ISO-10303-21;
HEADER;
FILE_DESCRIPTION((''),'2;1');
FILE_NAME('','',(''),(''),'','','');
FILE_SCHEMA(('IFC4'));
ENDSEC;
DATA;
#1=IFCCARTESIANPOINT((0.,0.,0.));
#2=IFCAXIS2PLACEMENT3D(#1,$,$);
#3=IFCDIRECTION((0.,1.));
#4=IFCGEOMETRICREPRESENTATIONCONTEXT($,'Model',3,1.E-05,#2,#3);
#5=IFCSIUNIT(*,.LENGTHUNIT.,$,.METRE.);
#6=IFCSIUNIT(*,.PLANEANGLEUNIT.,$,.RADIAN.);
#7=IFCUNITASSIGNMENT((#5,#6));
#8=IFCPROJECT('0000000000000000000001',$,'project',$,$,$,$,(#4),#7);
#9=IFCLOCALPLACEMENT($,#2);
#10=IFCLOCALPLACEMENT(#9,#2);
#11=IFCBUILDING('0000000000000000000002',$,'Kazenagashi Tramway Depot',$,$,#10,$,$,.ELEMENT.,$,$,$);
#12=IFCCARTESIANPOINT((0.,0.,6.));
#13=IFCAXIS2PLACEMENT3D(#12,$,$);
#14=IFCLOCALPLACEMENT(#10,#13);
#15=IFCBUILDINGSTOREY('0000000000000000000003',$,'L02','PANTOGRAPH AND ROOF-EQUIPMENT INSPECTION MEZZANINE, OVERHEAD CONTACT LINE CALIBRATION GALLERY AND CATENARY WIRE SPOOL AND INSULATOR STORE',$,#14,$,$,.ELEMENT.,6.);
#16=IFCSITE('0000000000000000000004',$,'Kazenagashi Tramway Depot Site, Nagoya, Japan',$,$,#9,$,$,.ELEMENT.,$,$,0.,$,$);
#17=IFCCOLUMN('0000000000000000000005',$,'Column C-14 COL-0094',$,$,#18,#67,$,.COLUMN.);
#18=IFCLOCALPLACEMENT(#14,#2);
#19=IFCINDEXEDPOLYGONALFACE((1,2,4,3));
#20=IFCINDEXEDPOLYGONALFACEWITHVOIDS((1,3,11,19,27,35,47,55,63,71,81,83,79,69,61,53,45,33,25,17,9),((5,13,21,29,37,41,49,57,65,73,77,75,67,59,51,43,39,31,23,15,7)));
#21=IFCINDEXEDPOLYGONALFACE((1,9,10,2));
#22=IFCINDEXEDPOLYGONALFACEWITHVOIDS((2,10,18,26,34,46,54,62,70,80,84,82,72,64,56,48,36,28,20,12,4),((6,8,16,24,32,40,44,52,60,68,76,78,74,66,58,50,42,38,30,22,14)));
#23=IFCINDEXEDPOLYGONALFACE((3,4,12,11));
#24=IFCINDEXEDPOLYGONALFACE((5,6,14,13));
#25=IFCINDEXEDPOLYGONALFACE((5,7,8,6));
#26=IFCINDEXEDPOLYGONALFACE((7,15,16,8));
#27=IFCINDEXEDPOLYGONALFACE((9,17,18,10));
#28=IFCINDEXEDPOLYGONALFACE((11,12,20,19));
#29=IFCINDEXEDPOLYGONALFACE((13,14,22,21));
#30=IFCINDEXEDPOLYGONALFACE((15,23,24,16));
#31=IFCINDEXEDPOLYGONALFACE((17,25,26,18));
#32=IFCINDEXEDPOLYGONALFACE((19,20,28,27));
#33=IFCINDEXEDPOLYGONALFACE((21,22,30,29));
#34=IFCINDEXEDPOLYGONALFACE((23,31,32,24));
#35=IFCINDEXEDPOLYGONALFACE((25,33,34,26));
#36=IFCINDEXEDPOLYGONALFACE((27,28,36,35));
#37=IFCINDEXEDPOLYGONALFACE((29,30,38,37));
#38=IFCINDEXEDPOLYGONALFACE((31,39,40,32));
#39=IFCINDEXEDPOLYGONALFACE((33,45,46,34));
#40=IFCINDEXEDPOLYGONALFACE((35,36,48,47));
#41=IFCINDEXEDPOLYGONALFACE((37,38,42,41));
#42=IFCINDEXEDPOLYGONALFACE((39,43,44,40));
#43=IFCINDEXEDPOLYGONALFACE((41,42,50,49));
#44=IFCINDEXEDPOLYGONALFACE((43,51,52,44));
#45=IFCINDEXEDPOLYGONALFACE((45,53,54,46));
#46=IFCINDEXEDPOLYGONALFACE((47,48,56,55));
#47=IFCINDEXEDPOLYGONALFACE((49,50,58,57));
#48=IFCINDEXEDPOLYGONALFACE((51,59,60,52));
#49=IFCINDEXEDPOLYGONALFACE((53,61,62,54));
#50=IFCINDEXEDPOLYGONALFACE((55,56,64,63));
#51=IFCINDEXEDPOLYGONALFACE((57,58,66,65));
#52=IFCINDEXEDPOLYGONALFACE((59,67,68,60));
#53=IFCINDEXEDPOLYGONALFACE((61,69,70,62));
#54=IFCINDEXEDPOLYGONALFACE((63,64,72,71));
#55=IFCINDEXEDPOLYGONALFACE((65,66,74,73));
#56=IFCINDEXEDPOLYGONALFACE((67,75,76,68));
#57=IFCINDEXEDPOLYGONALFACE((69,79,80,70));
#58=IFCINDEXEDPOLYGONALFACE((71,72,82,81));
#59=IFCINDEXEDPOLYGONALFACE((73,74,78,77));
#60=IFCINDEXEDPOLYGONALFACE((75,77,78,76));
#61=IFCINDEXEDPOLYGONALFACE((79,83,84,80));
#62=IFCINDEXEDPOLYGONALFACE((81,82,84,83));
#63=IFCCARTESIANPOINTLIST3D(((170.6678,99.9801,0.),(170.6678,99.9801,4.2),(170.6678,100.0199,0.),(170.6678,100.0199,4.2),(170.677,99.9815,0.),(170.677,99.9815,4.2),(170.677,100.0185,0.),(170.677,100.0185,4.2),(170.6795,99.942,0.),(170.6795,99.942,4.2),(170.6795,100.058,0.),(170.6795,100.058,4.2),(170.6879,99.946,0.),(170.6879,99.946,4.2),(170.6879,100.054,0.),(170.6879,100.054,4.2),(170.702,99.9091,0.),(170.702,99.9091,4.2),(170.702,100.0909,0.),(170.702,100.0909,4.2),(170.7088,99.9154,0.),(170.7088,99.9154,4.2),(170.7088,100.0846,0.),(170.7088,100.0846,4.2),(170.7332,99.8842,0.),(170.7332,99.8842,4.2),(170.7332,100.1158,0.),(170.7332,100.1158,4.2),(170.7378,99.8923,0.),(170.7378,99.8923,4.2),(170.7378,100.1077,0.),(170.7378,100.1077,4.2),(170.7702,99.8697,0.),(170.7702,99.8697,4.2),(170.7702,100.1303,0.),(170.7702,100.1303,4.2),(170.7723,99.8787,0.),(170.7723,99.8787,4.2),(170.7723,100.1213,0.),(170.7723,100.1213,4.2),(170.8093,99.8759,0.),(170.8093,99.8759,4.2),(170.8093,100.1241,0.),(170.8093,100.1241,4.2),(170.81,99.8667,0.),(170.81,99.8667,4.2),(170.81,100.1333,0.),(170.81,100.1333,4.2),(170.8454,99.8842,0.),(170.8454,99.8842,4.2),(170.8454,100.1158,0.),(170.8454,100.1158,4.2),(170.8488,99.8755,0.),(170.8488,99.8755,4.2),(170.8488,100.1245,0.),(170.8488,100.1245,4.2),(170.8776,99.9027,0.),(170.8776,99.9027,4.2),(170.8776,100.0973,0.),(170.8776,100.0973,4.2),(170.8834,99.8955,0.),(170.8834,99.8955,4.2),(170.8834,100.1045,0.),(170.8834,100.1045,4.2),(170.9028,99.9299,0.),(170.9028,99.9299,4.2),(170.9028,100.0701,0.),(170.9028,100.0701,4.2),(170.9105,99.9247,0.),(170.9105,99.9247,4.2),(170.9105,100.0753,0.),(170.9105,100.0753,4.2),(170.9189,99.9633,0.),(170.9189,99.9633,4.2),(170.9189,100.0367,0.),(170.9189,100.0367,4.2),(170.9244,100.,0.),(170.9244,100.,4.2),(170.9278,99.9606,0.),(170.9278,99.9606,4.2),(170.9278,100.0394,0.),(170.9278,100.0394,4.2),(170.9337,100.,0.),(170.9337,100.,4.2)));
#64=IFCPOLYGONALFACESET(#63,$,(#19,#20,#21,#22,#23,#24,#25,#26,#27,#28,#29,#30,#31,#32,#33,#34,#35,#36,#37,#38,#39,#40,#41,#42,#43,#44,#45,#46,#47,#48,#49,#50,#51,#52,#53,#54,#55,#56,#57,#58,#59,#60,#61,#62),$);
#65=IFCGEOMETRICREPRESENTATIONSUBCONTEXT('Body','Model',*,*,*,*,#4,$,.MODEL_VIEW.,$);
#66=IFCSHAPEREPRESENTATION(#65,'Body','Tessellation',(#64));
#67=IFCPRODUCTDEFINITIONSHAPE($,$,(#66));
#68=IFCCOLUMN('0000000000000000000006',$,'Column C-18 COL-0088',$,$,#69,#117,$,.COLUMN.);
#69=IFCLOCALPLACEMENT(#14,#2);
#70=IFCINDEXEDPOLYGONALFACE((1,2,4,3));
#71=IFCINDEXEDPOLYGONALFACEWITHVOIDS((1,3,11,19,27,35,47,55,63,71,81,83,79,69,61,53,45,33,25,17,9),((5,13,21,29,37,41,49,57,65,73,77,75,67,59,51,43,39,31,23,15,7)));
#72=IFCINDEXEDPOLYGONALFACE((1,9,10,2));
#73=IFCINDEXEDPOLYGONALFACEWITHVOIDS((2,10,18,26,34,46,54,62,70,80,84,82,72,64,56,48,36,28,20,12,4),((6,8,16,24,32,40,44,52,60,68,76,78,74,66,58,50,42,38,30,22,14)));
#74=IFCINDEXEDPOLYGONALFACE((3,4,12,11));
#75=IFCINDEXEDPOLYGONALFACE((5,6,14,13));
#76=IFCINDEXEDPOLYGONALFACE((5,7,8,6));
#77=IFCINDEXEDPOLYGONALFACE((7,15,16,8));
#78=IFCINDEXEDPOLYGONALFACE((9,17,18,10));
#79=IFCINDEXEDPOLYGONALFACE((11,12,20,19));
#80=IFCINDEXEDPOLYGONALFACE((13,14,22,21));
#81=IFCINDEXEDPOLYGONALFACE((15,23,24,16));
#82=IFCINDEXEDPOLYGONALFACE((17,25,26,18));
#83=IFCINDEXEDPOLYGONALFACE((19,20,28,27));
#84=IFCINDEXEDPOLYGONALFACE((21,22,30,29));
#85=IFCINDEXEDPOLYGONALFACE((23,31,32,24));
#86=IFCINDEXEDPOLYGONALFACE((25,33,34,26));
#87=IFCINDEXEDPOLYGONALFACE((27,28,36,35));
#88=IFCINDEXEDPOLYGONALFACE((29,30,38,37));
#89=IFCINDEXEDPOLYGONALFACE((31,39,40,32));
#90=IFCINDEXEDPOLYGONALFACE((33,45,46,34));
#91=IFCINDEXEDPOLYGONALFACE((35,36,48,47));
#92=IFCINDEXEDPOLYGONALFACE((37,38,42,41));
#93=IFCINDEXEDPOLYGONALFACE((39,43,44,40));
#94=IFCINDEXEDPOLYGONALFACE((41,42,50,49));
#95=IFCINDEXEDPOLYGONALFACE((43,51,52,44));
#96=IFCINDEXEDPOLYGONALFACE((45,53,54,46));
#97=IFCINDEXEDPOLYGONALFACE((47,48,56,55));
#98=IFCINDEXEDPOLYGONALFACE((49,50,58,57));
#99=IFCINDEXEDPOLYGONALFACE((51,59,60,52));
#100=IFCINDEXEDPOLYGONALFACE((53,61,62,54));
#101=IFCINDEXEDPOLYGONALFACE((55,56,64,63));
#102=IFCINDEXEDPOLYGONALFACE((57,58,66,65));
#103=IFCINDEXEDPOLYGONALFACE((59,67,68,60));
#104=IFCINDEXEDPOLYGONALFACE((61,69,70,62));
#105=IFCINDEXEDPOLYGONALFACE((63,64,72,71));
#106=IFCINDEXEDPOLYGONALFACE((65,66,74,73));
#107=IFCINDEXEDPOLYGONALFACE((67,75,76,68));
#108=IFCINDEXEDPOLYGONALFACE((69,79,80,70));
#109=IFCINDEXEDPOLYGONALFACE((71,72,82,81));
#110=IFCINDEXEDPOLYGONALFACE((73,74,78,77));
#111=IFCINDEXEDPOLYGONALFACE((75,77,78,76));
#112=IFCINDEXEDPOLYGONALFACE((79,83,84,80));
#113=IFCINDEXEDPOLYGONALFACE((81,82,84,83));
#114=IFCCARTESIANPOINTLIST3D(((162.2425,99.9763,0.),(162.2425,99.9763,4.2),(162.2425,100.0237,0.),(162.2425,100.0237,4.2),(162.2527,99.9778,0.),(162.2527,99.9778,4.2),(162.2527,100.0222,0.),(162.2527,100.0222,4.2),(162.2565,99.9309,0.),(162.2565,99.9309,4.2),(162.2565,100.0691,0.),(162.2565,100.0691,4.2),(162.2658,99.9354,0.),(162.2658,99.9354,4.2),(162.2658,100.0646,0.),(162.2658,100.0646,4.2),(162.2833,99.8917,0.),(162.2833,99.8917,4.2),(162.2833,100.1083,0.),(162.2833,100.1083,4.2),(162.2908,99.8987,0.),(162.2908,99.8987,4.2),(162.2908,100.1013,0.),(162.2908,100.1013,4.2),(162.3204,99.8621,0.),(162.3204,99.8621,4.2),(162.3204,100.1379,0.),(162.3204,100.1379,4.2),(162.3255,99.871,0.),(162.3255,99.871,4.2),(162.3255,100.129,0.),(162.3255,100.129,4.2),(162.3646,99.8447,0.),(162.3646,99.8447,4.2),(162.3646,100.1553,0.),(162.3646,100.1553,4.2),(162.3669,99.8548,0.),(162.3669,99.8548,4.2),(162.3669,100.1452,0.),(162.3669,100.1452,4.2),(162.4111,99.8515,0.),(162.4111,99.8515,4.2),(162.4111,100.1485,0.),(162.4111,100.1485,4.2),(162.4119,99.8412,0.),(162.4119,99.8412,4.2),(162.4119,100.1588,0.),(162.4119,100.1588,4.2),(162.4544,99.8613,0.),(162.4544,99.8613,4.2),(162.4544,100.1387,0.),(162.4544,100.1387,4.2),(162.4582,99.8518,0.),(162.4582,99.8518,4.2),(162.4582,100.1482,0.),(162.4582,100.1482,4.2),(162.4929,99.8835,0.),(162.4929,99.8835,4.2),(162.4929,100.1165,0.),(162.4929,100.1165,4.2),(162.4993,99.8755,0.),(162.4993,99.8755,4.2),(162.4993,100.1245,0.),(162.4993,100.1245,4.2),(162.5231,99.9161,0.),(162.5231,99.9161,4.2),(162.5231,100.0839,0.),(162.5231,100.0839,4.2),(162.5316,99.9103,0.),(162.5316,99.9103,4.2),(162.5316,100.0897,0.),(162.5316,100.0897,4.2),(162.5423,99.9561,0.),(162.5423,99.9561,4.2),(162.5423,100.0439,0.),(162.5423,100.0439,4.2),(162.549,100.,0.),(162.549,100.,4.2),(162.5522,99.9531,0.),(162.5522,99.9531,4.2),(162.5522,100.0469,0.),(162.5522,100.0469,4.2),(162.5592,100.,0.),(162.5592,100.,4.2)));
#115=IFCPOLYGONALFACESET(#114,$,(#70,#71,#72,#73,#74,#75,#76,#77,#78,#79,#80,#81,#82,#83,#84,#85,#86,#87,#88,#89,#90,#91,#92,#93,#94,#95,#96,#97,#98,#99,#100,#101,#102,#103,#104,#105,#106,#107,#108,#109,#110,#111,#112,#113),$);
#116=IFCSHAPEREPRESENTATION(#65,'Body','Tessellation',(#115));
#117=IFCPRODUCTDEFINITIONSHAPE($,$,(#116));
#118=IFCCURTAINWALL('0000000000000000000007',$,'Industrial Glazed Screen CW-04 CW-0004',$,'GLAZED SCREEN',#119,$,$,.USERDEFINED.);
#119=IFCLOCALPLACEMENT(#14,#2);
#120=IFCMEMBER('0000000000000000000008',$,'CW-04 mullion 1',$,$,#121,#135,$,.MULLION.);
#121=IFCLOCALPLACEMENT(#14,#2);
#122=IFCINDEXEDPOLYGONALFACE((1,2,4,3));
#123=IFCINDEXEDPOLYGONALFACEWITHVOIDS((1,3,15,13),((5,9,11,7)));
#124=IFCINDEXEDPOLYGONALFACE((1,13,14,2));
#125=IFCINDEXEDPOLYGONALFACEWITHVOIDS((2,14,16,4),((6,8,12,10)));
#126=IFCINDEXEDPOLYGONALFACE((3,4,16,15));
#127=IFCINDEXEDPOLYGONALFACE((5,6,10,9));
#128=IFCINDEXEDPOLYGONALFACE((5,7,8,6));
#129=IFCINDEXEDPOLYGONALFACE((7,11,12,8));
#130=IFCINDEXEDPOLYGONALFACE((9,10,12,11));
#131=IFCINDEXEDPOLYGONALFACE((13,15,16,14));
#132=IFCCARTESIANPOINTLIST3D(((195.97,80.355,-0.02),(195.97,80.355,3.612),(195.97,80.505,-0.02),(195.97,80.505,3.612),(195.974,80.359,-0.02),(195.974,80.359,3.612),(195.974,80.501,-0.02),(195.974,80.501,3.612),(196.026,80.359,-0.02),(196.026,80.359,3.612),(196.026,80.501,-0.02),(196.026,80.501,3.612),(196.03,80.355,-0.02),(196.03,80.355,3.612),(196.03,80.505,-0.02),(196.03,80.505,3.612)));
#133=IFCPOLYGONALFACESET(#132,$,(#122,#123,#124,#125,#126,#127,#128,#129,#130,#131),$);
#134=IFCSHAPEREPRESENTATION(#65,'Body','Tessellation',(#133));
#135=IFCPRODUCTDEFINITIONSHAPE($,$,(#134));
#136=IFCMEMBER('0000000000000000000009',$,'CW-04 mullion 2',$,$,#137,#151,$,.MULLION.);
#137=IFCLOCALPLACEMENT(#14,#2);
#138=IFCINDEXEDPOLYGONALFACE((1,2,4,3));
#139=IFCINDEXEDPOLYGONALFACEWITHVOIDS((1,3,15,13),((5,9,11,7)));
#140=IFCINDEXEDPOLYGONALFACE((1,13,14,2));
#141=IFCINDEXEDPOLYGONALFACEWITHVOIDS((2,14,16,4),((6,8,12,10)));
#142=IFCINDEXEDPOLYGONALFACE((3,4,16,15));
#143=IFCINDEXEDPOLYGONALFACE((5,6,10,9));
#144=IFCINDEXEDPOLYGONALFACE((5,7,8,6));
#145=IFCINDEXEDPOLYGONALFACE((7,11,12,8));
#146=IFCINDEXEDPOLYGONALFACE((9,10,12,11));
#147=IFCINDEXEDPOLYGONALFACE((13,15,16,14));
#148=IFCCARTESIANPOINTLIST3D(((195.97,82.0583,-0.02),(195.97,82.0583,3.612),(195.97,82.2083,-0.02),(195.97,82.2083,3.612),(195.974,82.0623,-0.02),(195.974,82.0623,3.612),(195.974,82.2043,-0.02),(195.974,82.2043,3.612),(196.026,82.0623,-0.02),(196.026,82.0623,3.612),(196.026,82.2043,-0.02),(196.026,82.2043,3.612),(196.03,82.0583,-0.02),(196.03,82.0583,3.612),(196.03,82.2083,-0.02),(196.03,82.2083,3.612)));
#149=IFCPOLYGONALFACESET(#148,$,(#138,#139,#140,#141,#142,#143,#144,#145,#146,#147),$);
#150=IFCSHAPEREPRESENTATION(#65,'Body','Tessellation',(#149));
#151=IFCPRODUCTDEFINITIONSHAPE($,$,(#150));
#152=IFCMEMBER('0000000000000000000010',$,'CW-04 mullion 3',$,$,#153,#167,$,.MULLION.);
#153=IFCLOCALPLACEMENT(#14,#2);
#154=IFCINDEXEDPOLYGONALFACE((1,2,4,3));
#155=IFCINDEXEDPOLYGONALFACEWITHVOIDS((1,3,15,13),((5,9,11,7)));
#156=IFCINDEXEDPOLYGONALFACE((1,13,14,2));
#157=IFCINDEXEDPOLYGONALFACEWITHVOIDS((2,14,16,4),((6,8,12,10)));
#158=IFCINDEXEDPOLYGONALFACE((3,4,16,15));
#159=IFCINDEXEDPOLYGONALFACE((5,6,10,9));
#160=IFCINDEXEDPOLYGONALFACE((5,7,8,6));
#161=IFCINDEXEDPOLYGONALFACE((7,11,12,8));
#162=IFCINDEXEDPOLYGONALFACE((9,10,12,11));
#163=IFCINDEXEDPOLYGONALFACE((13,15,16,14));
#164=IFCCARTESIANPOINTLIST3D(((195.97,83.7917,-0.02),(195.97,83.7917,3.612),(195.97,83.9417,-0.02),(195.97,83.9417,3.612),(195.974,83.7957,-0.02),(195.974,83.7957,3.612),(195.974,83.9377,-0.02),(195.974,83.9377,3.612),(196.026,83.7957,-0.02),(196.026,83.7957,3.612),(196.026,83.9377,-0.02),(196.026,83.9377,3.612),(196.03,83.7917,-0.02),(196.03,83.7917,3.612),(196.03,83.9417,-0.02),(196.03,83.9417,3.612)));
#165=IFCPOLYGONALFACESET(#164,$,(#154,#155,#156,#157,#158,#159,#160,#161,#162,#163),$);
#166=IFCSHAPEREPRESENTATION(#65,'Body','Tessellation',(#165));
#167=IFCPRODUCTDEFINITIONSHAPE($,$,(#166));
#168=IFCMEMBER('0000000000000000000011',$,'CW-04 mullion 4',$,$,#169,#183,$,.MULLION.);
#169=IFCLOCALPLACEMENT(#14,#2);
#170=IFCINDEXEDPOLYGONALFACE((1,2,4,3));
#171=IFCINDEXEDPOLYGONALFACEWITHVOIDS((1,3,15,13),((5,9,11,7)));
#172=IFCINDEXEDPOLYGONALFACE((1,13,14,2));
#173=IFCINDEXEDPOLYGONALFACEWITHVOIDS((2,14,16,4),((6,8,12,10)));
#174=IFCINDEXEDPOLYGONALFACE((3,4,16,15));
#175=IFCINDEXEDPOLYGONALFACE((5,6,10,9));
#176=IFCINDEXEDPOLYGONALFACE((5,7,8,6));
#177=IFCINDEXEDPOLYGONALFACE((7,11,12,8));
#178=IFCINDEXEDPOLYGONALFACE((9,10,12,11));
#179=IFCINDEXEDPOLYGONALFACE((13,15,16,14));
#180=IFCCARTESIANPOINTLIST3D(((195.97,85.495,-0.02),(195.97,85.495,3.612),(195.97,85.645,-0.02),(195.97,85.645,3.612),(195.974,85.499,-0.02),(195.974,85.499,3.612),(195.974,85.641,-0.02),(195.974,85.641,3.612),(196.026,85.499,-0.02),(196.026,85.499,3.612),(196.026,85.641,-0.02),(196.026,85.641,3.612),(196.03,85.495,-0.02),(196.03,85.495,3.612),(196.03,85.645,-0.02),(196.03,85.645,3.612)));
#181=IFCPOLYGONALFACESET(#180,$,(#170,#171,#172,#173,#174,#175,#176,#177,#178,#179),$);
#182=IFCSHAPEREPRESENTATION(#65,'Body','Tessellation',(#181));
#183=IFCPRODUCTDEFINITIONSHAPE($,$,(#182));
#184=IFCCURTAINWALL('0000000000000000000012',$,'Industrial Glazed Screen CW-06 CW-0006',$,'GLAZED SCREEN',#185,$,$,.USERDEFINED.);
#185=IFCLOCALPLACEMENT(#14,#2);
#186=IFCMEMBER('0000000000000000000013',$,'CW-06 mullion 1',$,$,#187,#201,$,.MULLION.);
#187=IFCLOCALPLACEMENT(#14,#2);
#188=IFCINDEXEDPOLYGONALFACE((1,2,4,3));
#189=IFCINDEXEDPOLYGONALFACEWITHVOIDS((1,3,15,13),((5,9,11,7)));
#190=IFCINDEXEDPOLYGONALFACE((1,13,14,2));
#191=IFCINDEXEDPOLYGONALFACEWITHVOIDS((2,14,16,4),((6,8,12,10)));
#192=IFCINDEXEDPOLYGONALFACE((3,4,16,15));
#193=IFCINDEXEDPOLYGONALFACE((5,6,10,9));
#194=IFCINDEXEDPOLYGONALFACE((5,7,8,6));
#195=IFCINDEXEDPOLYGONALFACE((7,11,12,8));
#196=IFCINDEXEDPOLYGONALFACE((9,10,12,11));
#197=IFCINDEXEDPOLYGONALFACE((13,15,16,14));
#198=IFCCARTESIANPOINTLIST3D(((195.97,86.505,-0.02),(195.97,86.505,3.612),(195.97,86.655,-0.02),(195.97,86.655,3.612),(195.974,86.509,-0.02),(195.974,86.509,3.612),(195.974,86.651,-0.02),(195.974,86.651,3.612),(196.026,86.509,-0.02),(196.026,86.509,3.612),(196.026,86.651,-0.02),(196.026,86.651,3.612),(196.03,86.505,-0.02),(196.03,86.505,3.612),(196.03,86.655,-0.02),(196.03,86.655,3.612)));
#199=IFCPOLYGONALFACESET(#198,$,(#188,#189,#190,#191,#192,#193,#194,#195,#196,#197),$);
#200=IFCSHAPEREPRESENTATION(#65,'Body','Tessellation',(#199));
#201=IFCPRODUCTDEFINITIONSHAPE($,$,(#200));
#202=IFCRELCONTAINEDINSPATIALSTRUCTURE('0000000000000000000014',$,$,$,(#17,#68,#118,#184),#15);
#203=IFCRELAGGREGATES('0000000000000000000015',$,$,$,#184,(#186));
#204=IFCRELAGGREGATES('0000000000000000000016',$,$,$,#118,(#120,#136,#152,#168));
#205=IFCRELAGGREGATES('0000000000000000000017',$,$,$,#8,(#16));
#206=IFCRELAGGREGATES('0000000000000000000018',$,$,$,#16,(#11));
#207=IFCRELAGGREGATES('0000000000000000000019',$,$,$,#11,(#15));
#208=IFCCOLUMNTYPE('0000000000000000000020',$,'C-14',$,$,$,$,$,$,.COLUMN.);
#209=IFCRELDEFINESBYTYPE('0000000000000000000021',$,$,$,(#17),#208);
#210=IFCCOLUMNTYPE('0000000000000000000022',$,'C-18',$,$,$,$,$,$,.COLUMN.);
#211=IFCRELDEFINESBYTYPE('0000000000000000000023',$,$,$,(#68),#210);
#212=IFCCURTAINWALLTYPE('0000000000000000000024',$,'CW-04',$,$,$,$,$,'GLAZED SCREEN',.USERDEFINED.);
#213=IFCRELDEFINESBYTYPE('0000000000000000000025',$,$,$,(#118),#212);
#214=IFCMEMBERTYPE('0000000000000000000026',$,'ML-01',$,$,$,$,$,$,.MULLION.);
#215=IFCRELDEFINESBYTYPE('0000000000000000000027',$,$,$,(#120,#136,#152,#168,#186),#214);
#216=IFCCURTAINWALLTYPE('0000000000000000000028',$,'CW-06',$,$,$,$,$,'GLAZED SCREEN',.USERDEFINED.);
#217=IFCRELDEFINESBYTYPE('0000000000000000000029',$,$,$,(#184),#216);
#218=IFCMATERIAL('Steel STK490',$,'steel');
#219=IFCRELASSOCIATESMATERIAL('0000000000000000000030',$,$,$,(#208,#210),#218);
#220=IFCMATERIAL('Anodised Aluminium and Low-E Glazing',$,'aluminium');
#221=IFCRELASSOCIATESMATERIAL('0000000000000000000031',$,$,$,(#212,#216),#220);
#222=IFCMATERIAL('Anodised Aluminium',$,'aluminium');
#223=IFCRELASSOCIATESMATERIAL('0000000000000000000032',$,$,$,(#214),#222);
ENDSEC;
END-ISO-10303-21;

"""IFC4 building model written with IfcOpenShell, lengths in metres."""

from ifc_helpers import new_model, si_unit, direction, frame, origin, origin_2d, place, context, subcontext, project, spatial, hollow_rectangle, hollow_circle, extrude, material, material_profile, profile_set, type_object, element, aggregate, save


model = new_model("IFC4")

# Units and contexts
model_context = context("Model", 3, precision=1e-05, world=origin(), true_north=direction((0.0, 1.0)))
body_context = subcontext(model_context, "Body", "Model", "MODEL_VIEW")
ifc_project = project(units=[si_unit("LENGTHUNIT", "METRE"), si_unit("PLANEANGLEUNIT", "RADIAN")], contexts=[model_context])

# Site, building, storey
site_placement = place(None, origin())
site = spatial("IfcSite", under=ifc_project, at=site_placement, Name="Kazenagashi Tramway Depot Site, Nagoya, Japan", CompositionType="ELEMENT", RefElevation=0.0)
building_placement = place(site_placement, origin())
building = spatial("IfcBuilding", under=site, at=building_placement, Name="Kazenagashi Tramway Depot", CompositionType="ELEMENT")
storey_placement = place(building_placement, frame((0.0, 0.0, 6.0)))
storey = spatial("IfcBuildingStorey", under=building, at=storey_placement, Name="L02", Description="PANTOGRAPH AND ROOF-EQUIPMENT INSPECTION MEZZANINE, OVERHEAD CONTACT LINE CALIBRATION GALLERY AND CATENARY WIRE SPOOL AND INSULATOR STORE", CompositionType="ELEMENT", Elevation=6.0)

# Columns
ifc_material_1 = material(Name="Steel STK490", Category="steel")
ifc_material_profile_1 = material_profile(ifc_material_1, hollow_circle(Radius=0.1337, WallThickness=0.0093, at=origin_2d()), Name="CHS-267.4x9.3")
ifc_profile_set_1 = profile_set([ifc_material_profile_1], Name="Steel STK490")
column_type_1 = type_object("IfcColumnType", Name="C-14", PredefinedType="COLUMN", material=ifc_profile_set_1)
column_1_placement = place(storey_placement, frame((170.8, 100.0, 0.0), z_axis=(0.0, 0.0, 1.0), x_axis=(1.0, 0.0, 0.0)))
element("IfcColumn", 1, at=column_1_placement, inside=storey, type_object=column_type_1, Name="Column C-14 COL-0094", PredefinedType="COLUMN", context=body_context, shape_type="SweptSolid", body=[
    extrude(hollow_circle(Radius=0.1337, WallThickness=0.0093, at=origin_2d()), origin(), (0.0, 0.0, 1.0), 4.2),
])
ifc_material_profile_2 = material_profile(ifc_material_1, hollow_circle(Radius=0.1593, WallThickness=0.0103, at=origin_2d()), Name="CHS-318.5x10.3")
ifc_profile_set_2 = profile_set([ifc_material_profile_2], Name="Steel STK490")
column_type_2 = type_object("IfcColumnType", Name="C-18", PredefinedType="COLUMN", material=ifc_profile_set_2)
column_2_placement = place(storey_placement, frame((162.4, 100.0, 0.0), z_axis=(0.0, 0.0, 1.0), x_axis=(1.0, 0.0, 0.0)))
element("IfcColumn", 2, at=column_2_placement, inside=storey, type_object=column_type_2, Name="Column C-18 COL-0088", PredefinedType="COLUMN", context=body_context, shape_type="SweptSolid", body=[
    extrude(hollow_circle(Radius=0.1593, WallThickness=0.0103, at=origin_2d()), origin(), (0.0, 0.0, 1.0), 4.2),
])

# Curtain wall, members
ifc_material_2 = material(Name="Anodised Aluminium and Low-E Glazing", Category="aluminium")
curtain_wall_type_1 = type_object("IfcCurtainWallType", Name="CW-04", ElementType="GLAZED SCREEN", PredefinedType="USERDEFINED", material=ifc_material_2)
curtain_wall_1_placement = place(storey_placement, origin())
curtain_wall_1 = element("IfcCurtainWall", 3, at=curtain_wall_1_placement, inside=storey, type_object=curtain_wall_type_1, Name="Industrial Glazed Screen CW-04 CW-0004", ObjectType="GLAZED SCREEN", PredefinedType="USERDEFINED")
ifc_material_3 = material(Name="Anodised Aluminium", Category="aluminium")
ifc_material_profile_3 = material_profile(ifc_material_3, hollow_rectangle(XDim=0.06, YDim=0.15, WallThickness=0.004, at=origin_2d()), Name="RHS-150x60x4")
ifc_profile_set_3 = profile_set([ifc_material_profile_3], Name="Anodised Aluminium")
member_type_1 = type_object("IfcMemberType", Name="ML-01", PredefinedType="MULLION", material=ifc_profile_set_3)
member_1_placement = place(storey_placement, frame((196.0, 80.43, -0.02), z_axis=(0.0, 0.0, 1.0), x_axis=(-1.0, 0.0, 0.0)))
member_1 = element("IfcMember", 4, at=member_1_placement, type_object=member_type_1, Name="CW-04 mullion 1", PredefinedType="MULLION", context=body_context, shape_type="SweptSolid", body=[
    extrude(hollow_rectangle(XDim=0.06, YDim=0.15, WallThickness=0.004, at=origin_2d()), origin(), (0.0, 0.0, 1.0), 3.632),
])
member_2_placement = place(storey_placement, frame((196.0, 82.1333, -0.02), z_axis=(0.0, 0.0, 1.0), x_axis=(-1.0, 0.0, 0.0)))
member_2 = element("IfcMember", 5, at=member_2_placement, type_object=member_type_1, Name="CW-04 mullion 2", PredefinedType="MULLION", context=body_context, shape_type="SweptSolid", body=[
    extrude(hollow_rectangle(XDim=0.06, YDim=0.15, WallThickness=0.004, at=origin_2d()), origin(), (0.0, 0.0, 1.0), 3.632),
])
member_3_placement = place(storey_placement, frame((196.0, 83.8667, -0.02), z_axis=(0.0, 0.0, 1.0), x_axis=(-1.0, 0.0, 0.0)))
member_3 = element("IfcMember", 6, at=member_3_placement, type_object=member_type_1, Name="CW-04 mullion 3", PredefinedType="MULLION", context=body_context, shape_type="SweptSolid", body=[
    extrude(hollow_rectangle(XDim=0.06, YDim=0.15, WallThickness=0.004, at=origin_2d()), origin(), (0.0, 0.0, 1.0), 3.632),
])
member_4_placement = place(storey_placement, frame((196.0, 85.57, -0.02), z_axis=(0.0, 0.0, 1.0), x_axis=(-1.0, 0.0, 0.0)))
member_4 = element("IfcMember", 7, at=member_4_placement, type_object=member_type_1, Name="CW-04 mullion 4", PredefinedType="MULLION", context=body_context, shape_type="SweptSolid", body=[
    extrude(hollow_rectangle(XDim=0.06, YDim=0.15, WallThickness=0.004, at=origin_2d()), origin(), (0.0, 0.0, 1.0), 3.632),
])

# Curtain wall, member
curtain_wall_type_2 = type_object("IfcCurtainWallType", Name="CW-06", ElementType="GLAZED SCREEN", PredefinedType="USERDEFINED", material=ifc_material_2)
curtain_wall_2_placement = place(storey_placement, origin())
curtain_wall_2 = element("IfcCurtainWall", 8, at=curtain_wall_2_placement, inside=storey, type_object=curtain_wall_type_2, Name="Industrial Glazed Screen CW-06 CW-0006", ObjectType="GLAZED SCREEN", PredefinedType="USERDEFINED")
member_5_placement = place(storey_placement, frame((196.0, 86.58, -0.02), z_axis=(0.0, 0.0, 1.0), x_axis=(-1.0, 0.0, 0.0)))
member_5 = element("IfcMember", 9, at=member_5_placement, type_object=member_type_1, Name="CW-06 mullion 1", PredefinedType="MULLION", context=body_context, shape_type="SweptSolid", body=[
    extrude(hollow_rectangle(XDim=0.06, YDim=0.15, WallThickness=0.004, at=origin_2d()), origin(), (0.0, 0.0, 1.0), 3.632),
])

aggregate(curtain_wall_2, [member_5])

aggregate(curtain_wall_1, [member_1, member_2, member_3, member_4])

save(model, "model.ifc")
